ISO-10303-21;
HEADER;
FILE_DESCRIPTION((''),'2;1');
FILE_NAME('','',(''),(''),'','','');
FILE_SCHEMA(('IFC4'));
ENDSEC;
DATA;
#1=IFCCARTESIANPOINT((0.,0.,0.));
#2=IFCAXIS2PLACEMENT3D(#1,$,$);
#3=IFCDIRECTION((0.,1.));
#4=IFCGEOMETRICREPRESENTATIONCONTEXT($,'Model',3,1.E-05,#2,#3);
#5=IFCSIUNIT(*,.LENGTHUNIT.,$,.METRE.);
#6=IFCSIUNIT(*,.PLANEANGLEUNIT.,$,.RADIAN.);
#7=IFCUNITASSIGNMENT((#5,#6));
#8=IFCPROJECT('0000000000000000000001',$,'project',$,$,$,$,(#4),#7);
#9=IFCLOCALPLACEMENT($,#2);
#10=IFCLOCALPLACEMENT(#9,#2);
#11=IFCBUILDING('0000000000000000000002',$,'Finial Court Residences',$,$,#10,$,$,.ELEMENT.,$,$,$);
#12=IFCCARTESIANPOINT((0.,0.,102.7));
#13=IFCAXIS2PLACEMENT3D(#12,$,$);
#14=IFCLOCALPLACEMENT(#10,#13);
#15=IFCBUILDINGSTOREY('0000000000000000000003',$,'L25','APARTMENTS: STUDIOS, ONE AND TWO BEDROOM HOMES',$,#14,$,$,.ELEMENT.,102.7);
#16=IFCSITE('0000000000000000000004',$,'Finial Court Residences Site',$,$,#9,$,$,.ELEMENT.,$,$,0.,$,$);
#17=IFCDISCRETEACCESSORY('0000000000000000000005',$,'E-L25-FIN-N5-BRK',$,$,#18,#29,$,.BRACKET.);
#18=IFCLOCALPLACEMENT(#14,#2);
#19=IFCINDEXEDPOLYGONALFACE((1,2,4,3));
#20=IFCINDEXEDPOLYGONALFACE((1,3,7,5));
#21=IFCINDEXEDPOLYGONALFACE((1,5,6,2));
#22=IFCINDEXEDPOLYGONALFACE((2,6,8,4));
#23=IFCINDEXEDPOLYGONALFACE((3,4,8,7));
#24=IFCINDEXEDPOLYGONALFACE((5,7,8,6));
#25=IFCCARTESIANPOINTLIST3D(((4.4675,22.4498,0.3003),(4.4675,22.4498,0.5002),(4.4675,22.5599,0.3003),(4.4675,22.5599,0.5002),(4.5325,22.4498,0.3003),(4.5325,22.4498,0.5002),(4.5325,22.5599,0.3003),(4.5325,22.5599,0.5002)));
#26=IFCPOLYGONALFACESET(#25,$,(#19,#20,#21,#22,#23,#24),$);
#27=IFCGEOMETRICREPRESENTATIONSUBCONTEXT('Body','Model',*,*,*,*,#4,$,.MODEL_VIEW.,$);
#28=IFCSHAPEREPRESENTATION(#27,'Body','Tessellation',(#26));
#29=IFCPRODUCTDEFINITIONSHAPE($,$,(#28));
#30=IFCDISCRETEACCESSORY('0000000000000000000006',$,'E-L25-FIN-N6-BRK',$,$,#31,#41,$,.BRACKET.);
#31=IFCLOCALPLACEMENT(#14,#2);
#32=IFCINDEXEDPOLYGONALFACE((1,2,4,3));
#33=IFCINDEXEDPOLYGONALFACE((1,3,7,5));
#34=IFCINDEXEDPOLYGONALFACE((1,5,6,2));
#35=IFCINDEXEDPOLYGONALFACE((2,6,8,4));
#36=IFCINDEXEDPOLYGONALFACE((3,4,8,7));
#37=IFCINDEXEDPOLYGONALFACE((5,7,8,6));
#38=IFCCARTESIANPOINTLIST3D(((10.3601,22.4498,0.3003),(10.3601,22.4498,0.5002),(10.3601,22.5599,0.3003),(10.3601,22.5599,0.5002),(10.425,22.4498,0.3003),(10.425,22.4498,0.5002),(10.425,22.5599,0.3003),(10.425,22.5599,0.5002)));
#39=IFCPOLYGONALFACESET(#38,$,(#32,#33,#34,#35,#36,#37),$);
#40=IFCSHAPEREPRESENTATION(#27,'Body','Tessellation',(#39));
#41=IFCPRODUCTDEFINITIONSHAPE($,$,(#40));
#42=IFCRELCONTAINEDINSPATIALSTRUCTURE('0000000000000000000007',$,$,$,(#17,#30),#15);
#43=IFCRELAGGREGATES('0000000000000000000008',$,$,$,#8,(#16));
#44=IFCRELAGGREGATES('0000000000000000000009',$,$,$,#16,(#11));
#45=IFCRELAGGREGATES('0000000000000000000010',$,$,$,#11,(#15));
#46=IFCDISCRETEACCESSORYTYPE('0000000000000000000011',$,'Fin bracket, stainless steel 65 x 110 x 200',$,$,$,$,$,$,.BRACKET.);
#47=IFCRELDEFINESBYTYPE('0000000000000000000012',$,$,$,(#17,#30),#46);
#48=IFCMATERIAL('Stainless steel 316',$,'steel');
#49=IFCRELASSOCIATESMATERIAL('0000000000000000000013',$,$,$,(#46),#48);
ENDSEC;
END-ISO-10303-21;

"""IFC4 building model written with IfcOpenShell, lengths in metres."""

from ifc_helpers import new_model, si_unit, direction, frame, origin, origin_2d, place, context, subcontext, project, spatial, rectangle, extrude, material, type_object, element, save


model = new_model("IFC4")

# Units and contexts
model_context = context("Model", 3, precision=1e-05, world=origin(), true_north=direction((0.0, 1.0)))
body_context = subcontext(model_context, "Body", "Model", "MODEL_VIEW")
ifc_project = project(units=[si_unit("LENGTHUNIT", "METRE"), si_unit("PLANEANGLEUNIT", "RADIAN")], contexts=[model_context])

# Site, building, storey
site_placement = place(None, origin())
site = spatial("IfcSite", under=ifc_project, at=site_placement, Name="Finial Court Residences Site", CompositionType="ELEMENT", RefElevation=0.0)
building_placement = place(site_placement, origin())
building = spatial("IfcBuilding", under=site, at=building_placement, Name="Finial Court Residences", CompositionType="ELEMENT")
storey_placement = place(building_placement, frame((0.0, 0.0, 102.7)))
storey = spatial("IfcBuildingStorey", under=building, at=storey_placement, Name="L25", Description="APARTMENTS: STUDIOS, ONE AND TWO BEDROOM HOMES", CompositionType="ELEMENT", Elevation=102.7)

# Discrete accessories
ifc_material_1 = material(Name="Stainless steel 316", Category="steel")
discrete_accessory_type = type_object("IfcDiscreteAccessoryType", Name="Fin bracket, stainless steel 65 x 110 x 200", PredefinedType="BRACKET", material=ifc_material_1)
for number, where, z_axis, x_axis, name in (
    (1, (4.5, 22.5049, 0.3003), (0.0, 0.0, 1.0), (1.0, 0.0, 0.0), "E-L25-FIN-N5-BRK"),
    (2, (10.3926, 22.5049, 0.3003), (0.0, 0.0, 1.0), (1.0, 0.0, 0.0), "E-L25-FIN-N6-BRK"),
):
    element("IfcDiscreteAccessory", number, at=place(storey_placement, frame(where, z_axis=z_axis, x_axis=x_axis)), inside=storey, type_object=discrete_accessory_type, Name=name, PredefinedType="BRACKET", context=body_context, shape_type="SweptSolid", body=[
        extrude(rectangle(XDim=0.0649, YDim=0.1101, at=origin_2d()), origin(), (0.0, 0.0, 1.0), 0.2),
    ])

save(model, "model.ifc")
